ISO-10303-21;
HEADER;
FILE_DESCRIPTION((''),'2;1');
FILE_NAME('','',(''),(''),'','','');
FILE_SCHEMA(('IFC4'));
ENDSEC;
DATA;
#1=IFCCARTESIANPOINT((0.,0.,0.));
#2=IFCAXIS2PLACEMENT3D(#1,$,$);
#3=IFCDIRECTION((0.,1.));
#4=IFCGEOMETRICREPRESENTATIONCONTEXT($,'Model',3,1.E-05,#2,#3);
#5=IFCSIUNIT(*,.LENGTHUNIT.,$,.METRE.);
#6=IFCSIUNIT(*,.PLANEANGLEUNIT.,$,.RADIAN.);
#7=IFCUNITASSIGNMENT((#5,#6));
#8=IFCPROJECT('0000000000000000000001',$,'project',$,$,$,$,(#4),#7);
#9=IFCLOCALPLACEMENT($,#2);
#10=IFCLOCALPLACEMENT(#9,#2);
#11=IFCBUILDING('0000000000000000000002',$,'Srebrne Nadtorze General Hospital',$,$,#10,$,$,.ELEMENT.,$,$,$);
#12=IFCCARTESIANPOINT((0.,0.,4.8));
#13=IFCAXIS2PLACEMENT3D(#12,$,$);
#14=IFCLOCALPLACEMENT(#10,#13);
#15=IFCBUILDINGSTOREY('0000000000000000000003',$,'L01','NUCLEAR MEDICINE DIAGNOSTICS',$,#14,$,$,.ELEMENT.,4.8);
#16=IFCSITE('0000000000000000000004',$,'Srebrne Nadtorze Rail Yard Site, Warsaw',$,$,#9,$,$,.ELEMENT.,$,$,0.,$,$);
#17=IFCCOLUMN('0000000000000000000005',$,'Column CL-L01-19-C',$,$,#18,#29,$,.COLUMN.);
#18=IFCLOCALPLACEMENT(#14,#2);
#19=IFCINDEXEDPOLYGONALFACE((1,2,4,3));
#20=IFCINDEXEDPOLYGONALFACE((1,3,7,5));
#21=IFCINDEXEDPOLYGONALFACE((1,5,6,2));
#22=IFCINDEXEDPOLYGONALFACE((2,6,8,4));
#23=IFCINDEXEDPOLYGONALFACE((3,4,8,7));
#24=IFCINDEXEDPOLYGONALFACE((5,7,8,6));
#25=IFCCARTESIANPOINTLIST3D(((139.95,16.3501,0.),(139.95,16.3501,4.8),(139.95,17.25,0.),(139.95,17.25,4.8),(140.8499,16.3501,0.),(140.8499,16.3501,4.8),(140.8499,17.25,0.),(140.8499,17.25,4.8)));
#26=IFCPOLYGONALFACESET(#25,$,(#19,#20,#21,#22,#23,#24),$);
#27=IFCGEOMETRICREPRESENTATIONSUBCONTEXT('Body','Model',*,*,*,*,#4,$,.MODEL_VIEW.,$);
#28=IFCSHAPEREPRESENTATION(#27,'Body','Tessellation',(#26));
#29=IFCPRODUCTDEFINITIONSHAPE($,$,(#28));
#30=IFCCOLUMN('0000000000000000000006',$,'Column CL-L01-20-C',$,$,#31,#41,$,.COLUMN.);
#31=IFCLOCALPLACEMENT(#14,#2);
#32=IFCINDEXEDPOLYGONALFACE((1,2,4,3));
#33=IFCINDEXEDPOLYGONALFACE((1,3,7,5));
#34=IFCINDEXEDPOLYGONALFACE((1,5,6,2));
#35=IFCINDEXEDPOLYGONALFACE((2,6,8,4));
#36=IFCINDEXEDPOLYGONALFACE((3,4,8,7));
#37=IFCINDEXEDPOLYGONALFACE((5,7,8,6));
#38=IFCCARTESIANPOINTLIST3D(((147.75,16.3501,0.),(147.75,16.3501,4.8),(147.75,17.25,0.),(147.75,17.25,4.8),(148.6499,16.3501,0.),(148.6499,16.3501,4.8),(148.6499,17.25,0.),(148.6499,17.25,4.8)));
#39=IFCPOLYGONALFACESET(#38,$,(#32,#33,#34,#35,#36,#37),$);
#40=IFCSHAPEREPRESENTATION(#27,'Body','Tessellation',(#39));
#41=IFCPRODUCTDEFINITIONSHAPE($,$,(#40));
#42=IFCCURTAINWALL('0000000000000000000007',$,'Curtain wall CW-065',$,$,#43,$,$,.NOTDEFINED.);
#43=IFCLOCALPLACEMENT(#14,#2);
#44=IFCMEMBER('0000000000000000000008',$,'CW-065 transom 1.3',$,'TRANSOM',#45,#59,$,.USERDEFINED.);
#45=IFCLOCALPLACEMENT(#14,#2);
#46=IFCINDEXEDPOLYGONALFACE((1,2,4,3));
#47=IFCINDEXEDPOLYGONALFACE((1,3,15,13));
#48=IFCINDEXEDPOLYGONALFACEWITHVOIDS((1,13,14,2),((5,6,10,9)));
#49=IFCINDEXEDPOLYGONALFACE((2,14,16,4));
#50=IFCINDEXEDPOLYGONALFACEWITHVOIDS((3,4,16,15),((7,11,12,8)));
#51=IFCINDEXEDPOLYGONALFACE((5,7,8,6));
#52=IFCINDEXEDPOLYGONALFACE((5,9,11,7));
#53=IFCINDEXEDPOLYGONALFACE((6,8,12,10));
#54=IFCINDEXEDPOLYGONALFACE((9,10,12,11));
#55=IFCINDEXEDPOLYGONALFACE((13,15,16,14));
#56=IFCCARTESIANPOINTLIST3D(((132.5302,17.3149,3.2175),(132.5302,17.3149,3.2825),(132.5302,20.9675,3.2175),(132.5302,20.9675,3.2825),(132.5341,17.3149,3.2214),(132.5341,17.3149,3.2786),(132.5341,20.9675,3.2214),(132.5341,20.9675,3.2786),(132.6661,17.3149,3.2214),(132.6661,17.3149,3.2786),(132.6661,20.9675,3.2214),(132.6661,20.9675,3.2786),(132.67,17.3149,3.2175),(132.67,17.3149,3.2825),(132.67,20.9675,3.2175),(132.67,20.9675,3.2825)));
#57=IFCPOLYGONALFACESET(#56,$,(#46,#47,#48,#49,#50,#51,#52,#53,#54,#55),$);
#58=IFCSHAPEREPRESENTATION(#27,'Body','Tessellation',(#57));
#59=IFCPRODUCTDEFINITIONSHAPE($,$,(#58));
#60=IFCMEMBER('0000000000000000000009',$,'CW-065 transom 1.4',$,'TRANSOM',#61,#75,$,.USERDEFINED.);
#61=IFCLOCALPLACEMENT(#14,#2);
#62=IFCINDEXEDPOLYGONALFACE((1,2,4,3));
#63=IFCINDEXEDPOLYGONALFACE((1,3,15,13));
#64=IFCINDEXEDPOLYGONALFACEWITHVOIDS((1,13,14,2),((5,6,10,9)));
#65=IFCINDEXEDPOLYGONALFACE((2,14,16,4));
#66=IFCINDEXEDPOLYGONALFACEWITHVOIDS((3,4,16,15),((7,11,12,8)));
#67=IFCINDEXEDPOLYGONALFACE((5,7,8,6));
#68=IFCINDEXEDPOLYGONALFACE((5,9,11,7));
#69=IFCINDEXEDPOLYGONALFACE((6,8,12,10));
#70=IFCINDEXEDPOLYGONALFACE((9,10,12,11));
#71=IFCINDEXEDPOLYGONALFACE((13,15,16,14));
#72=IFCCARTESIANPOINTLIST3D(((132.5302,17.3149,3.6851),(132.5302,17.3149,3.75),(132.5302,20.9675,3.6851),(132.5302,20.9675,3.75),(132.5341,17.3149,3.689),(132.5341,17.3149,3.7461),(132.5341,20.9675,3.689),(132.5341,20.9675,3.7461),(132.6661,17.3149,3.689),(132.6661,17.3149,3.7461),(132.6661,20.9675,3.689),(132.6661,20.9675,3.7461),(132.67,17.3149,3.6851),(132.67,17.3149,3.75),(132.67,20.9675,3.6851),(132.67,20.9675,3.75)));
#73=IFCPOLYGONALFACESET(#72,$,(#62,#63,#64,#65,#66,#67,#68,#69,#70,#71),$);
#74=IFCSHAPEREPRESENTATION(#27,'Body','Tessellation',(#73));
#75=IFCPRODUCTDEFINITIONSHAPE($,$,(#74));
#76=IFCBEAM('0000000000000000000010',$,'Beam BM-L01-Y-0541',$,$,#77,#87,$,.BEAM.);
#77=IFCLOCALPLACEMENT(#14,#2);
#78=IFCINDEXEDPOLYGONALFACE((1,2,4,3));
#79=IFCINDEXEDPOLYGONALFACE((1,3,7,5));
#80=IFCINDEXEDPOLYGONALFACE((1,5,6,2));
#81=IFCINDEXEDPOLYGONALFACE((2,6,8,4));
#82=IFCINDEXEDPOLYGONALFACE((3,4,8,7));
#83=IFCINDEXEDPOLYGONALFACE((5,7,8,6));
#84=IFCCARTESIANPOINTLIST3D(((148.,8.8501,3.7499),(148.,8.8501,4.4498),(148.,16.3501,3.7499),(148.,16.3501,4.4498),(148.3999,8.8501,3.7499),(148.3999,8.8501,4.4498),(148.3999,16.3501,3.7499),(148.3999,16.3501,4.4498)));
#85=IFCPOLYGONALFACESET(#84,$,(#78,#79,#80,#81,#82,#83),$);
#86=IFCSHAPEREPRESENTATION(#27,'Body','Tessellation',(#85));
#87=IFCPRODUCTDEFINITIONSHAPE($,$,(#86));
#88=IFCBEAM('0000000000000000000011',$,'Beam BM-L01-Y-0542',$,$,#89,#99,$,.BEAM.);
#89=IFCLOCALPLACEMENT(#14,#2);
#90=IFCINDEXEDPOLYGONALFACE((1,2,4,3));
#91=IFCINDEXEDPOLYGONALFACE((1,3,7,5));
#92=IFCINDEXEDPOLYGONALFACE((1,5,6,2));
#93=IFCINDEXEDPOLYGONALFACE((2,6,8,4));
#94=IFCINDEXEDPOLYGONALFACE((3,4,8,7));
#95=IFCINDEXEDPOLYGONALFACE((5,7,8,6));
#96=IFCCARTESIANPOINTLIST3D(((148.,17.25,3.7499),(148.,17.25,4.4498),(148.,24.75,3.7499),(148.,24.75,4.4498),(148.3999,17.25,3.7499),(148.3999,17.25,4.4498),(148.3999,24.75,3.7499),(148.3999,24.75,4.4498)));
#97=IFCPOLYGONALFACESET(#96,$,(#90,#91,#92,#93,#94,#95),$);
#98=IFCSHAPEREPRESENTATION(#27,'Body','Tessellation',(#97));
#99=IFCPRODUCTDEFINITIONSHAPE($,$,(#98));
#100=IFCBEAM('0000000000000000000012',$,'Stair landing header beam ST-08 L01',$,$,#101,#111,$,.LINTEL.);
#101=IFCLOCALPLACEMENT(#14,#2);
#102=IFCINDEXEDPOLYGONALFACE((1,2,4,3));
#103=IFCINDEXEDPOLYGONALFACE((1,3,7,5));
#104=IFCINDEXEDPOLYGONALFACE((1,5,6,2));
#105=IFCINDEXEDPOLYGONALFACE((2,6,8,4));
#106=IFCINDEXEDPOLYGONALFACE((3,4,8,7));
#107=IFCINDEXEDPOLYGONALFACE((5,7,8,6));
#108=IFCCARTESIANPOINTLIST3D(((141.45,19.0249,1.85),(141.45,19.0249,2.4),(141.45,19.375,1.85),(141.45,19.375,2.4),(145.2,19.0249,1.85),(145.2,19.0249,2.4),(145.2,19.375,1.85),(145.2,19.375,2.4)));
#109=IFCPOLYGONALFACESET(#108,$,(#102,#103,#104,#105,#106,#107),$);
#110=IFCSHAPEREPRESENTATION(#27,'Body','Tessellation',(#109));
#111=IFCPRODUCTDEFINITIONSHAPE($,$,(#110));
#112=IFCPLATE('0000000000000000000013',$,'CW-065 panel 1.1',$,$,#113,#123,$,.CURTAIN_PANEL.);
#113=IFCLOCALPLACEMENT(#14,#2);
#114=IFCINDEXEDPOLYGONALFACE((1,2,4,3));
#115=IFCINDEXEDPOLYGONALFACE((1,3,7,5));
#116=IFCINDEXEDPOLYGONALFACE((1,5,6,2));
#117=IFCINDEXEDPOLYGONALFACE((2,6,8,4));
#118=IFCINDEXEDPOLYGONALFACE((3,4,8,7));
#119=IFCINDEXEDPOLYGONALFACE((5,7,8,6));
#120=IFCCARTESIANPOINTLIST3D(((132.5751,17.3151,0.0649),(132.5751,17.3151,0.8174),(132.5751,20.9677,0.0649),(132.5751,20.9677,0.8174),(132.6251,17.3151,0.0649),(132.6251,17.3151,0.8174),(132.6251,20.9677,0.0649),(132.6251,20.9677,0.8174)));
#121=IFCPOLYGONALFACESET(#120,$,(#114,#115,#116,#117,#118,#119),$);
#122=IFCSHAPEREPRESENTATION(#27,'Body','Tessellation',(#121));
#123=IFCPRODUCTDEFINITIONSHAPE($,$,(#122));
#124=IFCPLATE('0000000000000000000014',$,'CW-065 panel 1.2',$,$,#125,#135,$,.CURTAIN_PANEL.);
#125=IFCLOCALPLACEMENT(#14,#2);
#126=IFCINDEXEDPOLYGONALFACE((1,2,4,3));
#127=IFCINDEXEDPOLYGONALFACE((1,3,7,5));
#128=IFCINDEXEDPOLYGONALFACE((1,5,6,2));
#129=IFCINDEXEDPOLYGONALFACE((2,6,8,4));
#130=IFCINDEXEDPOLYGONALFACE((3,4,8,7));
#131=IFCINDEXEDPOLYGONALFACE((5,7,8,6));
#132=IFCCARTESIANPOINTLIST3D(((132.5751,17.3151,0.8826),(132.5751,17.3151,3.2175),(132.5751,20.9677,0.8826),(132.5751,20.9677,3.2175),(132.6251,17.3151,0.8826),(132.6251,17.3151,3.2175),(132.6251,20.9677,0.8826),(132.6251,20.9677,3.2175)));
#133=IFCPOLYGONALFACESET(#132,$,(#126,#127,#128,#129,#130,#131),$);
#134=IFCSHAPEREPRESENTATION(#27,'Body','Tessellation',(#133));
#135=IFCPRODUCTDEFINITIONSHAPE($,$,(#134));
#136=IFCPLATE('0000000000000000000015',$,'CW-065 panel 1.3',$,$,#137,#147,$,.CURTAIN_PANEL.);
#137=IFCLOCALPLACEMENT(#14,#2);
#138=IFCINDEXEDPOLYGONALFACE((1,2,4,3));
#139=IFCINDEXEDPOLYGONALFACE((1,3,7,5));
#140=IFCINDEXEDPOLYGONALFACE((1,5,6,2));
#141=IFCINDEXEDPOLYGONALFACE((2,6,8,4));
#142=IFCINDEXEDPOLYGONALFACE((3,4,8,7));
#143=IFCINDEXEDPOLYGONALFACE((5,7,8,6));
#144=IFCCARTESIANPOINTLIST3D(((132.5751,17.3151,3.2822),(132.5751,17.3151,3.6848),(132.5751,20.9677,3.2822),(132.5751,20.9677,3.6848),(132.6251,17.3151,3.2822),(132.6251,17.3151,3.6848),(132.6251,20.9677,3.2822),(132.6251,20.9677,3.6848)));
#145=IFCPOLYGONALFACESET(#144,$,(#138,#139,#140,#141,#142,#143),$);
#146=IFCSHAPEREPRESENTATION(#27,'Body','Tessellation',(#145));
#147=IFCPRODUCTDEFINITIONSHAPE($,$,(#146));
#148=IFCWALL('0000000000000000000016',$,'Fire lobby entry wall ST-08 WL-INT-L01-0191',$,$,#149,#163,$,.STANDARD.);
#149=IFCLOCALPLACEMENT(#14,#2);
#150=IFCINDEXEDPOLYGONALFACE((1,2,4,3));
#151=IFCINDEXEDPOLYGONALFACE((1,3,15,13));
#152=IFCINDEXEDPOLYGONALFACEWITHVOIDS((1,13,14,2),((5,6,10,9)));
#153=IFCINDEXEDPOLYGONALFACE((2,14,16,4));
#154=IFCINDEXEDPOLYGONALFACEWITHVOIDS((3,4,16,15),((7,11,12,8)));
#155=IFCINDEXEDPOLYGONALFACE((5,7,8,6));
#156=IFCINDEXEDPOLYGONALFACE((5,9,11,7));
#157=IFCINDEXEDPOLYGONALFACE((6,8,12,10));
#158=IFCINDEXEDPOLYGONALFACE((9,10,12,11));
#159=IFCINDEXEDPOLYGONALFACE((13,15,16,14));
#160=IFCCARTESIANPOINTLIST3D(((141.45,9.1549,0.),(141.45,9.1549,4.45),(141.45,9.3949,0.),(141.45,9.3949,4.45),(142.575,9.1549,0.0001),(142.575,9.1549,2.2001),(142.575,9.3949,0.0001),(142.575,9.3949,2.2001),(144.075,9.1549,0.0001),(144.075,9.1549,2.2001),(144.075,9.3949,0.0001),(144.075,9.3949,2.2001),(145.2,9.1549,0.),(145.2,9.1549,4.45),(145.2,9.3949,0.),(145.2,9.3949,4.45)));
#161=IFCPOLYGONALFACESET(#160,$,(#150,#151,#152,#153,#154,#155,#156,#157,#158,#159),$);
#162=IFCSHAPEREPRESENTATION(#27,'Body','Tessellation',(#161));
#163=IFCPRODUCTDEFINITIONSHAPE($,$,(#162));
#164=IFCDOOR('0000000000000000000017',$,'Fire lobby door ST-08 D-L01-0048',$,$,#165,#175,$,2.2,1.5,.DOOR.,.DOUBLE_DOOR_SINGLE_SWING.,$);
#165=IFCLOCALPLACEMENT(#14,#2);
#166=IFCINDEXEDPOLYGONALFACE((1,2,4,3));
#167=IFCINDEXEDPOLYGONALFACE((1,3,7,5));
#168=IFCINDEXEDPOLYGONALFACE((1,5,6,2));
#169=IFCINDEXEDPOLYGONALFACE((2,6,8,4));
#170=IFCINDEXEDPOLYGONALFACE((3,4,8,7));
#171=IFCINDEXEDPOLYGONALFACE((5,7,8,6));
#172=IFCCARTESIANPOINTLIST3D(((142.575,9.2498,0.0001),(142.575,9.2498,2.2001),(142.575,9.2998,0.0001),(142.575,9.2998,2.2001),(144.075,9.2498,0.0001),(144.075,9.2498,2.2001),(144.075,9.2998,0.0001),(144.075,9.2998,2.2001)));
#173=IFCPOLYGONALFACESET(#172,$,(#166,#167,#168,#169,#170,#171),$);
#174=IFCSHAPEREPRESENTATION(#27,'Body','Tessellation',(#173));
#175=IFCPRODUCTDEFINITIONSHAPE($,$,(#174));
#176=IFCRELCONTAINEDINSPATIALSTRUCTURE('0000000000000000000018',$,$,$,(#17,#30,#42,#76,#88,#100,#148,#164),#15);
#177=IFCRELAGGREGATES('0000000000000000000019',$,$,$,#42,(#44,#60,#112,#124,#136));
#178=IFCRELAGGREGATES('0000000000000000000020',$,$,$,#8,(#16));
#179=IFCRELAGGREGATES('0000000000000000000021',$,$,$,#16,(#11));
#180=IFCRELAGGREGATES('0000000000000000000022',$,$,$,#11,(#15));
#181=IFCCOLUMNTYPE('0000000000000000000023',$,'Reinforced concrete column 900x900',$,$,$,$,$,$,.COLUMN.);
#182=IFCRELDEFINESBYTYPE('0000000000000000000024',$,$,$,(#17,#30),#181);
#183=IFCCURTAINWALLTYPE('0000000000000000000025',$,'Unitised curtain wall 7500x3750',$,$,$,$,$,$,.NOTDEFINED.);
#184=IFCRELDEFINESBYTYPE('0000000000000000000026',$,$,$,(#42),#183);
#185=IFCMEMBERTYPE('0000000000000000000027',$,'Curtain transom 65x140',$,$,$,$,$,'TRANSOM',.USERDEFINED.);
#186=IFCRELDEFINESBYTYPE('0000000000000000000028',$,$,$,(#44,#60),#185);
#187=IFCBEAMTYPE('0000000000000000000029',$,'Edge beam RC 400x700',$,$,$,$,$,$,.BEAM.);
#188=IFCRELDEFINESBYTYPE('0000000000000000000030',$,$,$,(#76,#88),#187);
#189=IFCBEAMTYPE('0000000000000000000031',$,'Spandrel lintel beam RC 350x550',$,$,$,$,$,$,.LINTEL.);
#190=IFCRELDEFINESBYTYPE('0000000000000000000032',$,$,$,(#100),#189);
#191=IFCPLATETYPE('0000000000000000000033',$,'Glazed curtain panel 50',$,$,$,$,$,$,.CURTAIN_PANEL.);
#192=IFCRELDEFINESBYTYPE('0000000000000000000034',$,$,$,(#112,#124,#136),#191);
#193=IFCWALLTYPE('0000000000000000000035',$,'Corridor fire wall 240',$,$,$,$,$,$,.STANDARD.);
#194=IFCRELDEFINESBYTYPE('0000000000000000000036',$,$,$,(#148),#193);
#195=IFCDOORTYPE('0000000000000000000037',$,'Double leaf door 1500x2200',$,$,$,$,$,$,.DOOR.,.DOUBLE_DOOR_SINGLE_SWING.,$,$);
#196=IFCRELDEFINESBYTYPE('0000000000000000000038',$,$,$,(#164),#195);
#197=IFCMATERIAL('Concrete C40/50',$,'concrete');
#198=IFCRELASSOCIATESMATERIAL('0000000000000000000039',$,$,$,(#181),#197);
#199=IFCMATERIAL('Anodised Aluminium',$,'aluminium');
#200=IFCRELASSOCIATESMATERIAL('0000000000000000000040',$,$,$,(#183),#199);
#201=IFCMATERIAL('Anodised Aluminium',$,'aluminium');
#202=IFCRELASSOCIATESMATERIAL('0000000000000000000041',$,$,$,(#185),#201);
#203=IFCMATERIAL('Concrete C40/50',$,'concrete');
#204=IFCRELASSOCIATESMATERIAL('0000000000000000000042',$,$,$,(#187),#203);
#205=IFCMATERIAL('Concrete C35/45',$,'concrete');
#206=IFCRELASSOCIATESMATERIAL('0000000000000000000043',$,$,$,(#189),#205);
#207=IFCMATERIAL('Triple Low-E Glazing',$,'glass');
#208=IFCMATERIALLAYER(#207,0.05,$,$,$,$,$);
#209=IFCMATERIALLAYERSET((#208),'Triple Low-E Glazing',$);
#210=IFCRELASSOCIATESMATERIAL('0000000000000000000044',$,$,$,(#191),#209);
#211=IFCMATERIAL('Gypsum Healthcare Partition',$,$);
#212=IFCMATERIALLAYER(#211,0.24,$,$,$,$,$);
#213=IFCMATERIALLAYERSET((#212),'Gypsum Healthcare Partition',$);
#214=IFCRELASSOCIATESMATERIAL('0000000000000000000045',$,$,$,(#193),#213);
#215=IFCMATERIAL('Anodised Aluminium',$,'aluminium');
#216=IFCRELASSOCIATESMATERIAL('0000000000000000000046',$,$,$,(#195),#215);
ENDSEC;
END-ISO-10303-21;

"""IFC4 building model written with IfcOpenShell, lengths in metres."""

from ifc_helpers import new_model, si_unit, direction, frame, frame_2d, origin, origin_2d, place, context, subcontext, project, spatial, rectangle, hollow_rectangle, extrude, material, layer, layer_set, material_profile, profile_set, type_object, element, fill, aggregate, save


model = new_model("IFC4")

# Units and contexts
model_context = context("Model", 3, precision=1e-05, world=origin(), true_north=direction((0.0, 1.0)))
body_context = subcontext(model_context, "Body", "Model", "MODEL_VIEW")
ifc_project = project(units=[si_unit("LENGTHUNIT", "METRE"), si_unit("PLANEANGLEUNIT", "RADIAN")], contexts=[model_context])

# Site, building, storey
site_placement = place(None, origin())
site = spatial("IfcSite", under=ifc_project, at=site_placement, Name="Srebrne Nadtorze Rail Yard Site, Warsaw", CompositionType="ELEMENT", RefElevation=0.0)
building_placement = place(site_placement, origin())
building = spatial("IfcBuilding", under=site, at=building_placement, Name="Srebrne Nadtorze General Hospital", CompositionType="ELEMENT")
storey_placement = place(building_placement, frame((0.0, 0.0, 4.8)))
storey = spatial("IfcBuildingStorey", under=building, at=storey_placement, Name="L01", Description="NUCLEAR MEDICINE DIAGNOSTICS", CompositionType="ELEMENT", Elevation=4.8)

# Columns
ifc_material_1 = material(Name="Concrete C40/50", Category="concrete")
ifc_material_profile_1 = material_profile(ifc_material_1, rectangle(XDim=0.8999, YDim=0.8999, at=origin_2d()), Name="RC-COL-900x900")
ifc_profile_set_1 = profile_set([ifc_material_profile_1], Name="Concrete C40/50")
column_type = type_object("IfcColumnType", Name="Reinforced concrete column 900x900", PredefinedType="COLUMN", material=ifc_profile_set_1)
for number, where, z_axis, x_axis, name in (
    (1, (140.3999, 16.8, 0.0), (0.0, 0.0, 1.0), (1.0, 0.0, 0.0), "Column CL-L01-19-C"),
    (2, (148.2, 16.8, 0.0), (0.0, 0.0, 1.0), (1.0, 0.0, 0.0), "Column CL-L01-20-C"),
):
    element("IfcColumn", number, at=place(storey_placement, frame(where, z_axis=z_axis, x_axis=x_axis)), inside=storey, type_object=column_type, Name=name, PredefinedType="COLUMN", context=body_context, shape_type="SweptSolid", body=[
        extrude(rectangle(XDim=0.8999, YDim=0.8999, at=origin_2d()), origin(), (0.0, 0.0, 1.0), 4.8),
    ])

# Curtain wall, members
ifc_material_2 = material(Name="Anodised Aluminium", Category="aluminium")
curtain_wall_type = type_object("IfcCurtainWallType", Name="Unitised curtain wall 7500x3750", PredefinedType="NOTDEFINED", material=ifc_material_2)
curtain_wall_placement = place(storey_placement, origin())
curtain_wall = element("IfcCurtainWall", 3, at=curtain_wall_placement, inside=storey, type_object=curtain_wall_type, Name="Curtain wall CW-065", PredefinedType="NOTDEFINED")
ifc_material_3 = material(Name="Anodised Aluminium", Category="aluminium")
ifc_material_profile_2 = material_profile(ifc_material_3, hollow_rectangle(XDim=0.0649, YDim=0.1399, WallThickness=0.0039, at=origin_2d()), Name="AL-TRN-65x140")
ifc_profile_set_2 = profile_set([ifc_material_profile_2], Name="Anodised Aluminium")
member_type = type_object("IfcMemberType", Name="Curtain transom 65x140", ElementType="TRANSOM", PredefinedType="USERDEFINED", material=ifc_profile_set_2)
member_1_placement = place(storey_placement, frame((132.6001, 17.3149, 3.25), z_axis=(0.0, 1.0, 0.0), x_axis=(0.0, 0.0, 1.0)))
member_1 = element("IfcMember", 4, at=member_1_placement, type_object=member_type, Name="CW-065 transom 1.3", ObjectType="TRANSOM", PredefinedType="USERDEFINED", context=body_context, shape_type="SweptSolid", body=[
    extrude(hollow_rectangle(XDim=0.0649, YDim=0.1399, WallThickness=0.0039, at=origin_2d()), origin(), (0.0, 0.0, 1.0), 3.6526),
])
member_2_placement = place(storey_placement, frame((132.6001, 17.3149, 3.7175), z_axis=(0.0, 1.0, 0.0), x_axis=(0.0, 0.0, 1.0)))
member_2 = element("IfcMember", 5, at=member_2_placement, type_object=member_type, Name="CW-065 transom 1.4", ObjectType="TRANSOM", PredefinedType="USERDEFINED", context=body_context, shape_type="SweptSolid", body=[
    extrude(hollow_rectangle(XDim=0.0649, YDim=0.1399, WallThickness=0.0039, at=origin_2d()), origin(), (0.0, 0.0, 1.0), 3.6526),
])

# Beams
ifc_material_4 = material(Name="Concrete C40/50", Category="concrete")
ifc_material_profile_3 = material_profile(ifc_material_4, rectangle(XDim=0.3999, YDim=0.7, at=origin_2d()), Name="RC-BM-400x700")
ifc_profile_set_3 = profile_set([ifc_material_profile_3], Name="Concrete C40/50")
beam_type_1 = type_object("IfcBeamType", Name="Edge beam RC 400x700", PredefinedType="BEAM", material=ifc_profile_set_3)
for number, where, z_axis, x_axis, name in (
    (6, (148.2, 8.8501, 4.0999), (0.0, 1.0, 0.0), (-1.0, 0.0, 0.0), "Beam BM-L01-Y-0541"),
    (7, (148.2, 17.25, 4.0999), (0.0, 1.0, 0.0), (-1.0, 0.0, 0.0), "Beam BM-L01-Y-0542"),
):
    element("IfcBeam", number, at=place(storey_placement, frame(where, z_axis=z_axis, x_axis=x_axis)), inside=storey, type_object=beam_type_1, Name=name, PredefinedType="BEAM", context=body_context, shape_type="SweptSolid", body=[
        extrude(rectangle(XDim=0.3999, YDim=0.7, at=origin_2d()), origin(), (0.0, 0.0, 1.0), 7.5),
    ])
ifc_material_5 = material(Name="Concrete C35/45", Category="concrete")
ifc_material_profile_4 = material_profile(ifc_material_5, rectangle(XDim=0.3501, YDim=0.55, at=origin_2d()), Name="RC-BM-350x550")
ifc_profile_set_4 = profile_set([ifc_material_profile_4], Name="Concrete C35/45")
beam_type_2 = type_object("IfcBeamType", Name="Spandrel lintel beam RC 350x550", PredefinedType="LINTEL", material=ifc_profile_set_4)
beam_placement = place(storey_placement, frame((141.45, 19.2, 2.125), z_axis=(1.0, 0.0, 0.0), x_axis=(0.0, 1.0, 0.0)))
element("IfcBeam", 8, at=beam_placement, inside=storey, type_object=beam_type_2, Name="Stair landing header beam ST-08 L01", PredefinedType="LINTEL", context=body_context, shape_type="SweptSolid", body=[
    extrude(rectangle(XDim=0.3501, YDim=0.55, at=origin_2d()), origin(), (0.0, 0.0, 1.0), 3.75),
])

# Plates
ifc_material_6 = material(Name="Triple Low-E Glazing", Category="glass")
ifc_layer_1 = layer(ifc_material_6, 0.05)
ifc_layer_set_1 = layer_set([ifc_layer_1], Name="Triple Low-E Glazing")
plate_type = type_object("IfcPlateType", Name="Glazed curtain panel 50", PredefinedType="CURTAIN_PANEL", material=ifc_layer_set_1)
plate_1_placement = place(storey_placement, frame((132.6001, 19.1414, 0.0649), z_axis=(0.0, 0.0, 1.0), x_axis=(0.0, 1.0, 0.0)))
plate_1 = element("IfcPlate", 9, at=plate_1_placement, type_object=plate_type, Name="CW-065 panel 1.1", PredefinedType="CURTAIN_PANEL", context=body_context, shape_type="SweptSolid", body=[
    extrude(rectangle(XDim=3.6526, YDim=0.05, at=origin_2d()), origin(), (0.0, 0.0, 1.0), 0.7524),
])
plate_2_placement = place(storey_placement, frame((132.6001, 19.1414, 0.8826), z_axis=(0.0, 0.0, 1.0), x_axis=(0.0, 1.0, 0.0)))
plate_2 = element("IfcPlate", 10, at=plate_2_placement, type_object=plate_type, Name="CW-065 panel 1.2", PredefinedType="CURTAIN_PANEL", context=body_context, shape_type="SweptSolid", body=[
    extrude(rectangle(XDim=3.6526, YDim=0.05, at=origin_2d()), origin(), (0.0, 0.0, 1.0), 2.335),
])
plate_3_placement = place(storey_placement, frame((132.6001, 19.1414, 3.2822), z_axis=(0.0, 0.0, 1.0), x_axis=(0.0, 1.0, 0.0)))
plate_3 = element("IfcPlate", 11, at=plate_3_placement, type_object=plate_type, Name="CW-065 panel 1.3", PredefinedType="CURTAIN_PANEL", context=body_context, shape_type="SweptSolid", body=[
    extrude(rectangle(XDim=3.6526, YDim=0.05, at=origin_2d()), origin(), (0.0, 0.0, 1.0), 0.4026),
])
aggregate(curtain_wall, [member_1, member_2, plate_1, plate_2, plate_3])

# Shared definitions
ifc_material_7 = material(Name="Gypsum Healthcare Partition")
ifc_layer_2 = layer(ifc_material_7, 0.24)
ifc_layer_set_2 = layer_set([ifc_layer_2], Name="Gypsum Healthcare Partition")
wall_type_1 = type_object("IfcWallType", Name="Corridor fire wall 240", PredefinedType="STANDARD", material=ifc_layer_set_2)

# Wall, opening, door
wall_1_placement = place(storey_placement, frame((141.45, 9.2749, 0.0), z_axis=(0.0, 0.0, 1.0), x_axis=(1.0, 0.0, 0.0)))
wall_1 = element("IfcWall", 12, at=wall_1_placement, inside=storey, type_object=wall_type_1, Name="Fire lobby entry wall ST-08 WL-INT-L01-0191", PredefinedType="STANDARD", context=body_context, shape_type="SweptSolid", body=[
    extrude(rectangle(XDim=3.75, YDim=0.24, at=frame_2d((1.875, 0.0))), origin(), (0.0, 0.0, 1.0), 4.45),
])
opening_1_placement = place(wall_1_placement, frame((1.125, 0.0, 0.0)))
opening_1 = element("IfcOpeningElement", 13, at=opening_1_placement, cuts=wall_1, PredefinedType="OPENING", context=body_context, shape_type="SweptSolid", body=[
    extrude(rectangle(XDim=1.5, YDim=2.2, at=frame_2d((0.75, 1.1001))), frame((0.0, 0.1318, 0.0), z_axis=(0.0, -1.0, 0.0), x_axis=(1.0, 0.0, 0.0)), (0.0, 0.0, 1.0), 0.2639),
])
ifc_material_8 = material(Name="Anodised Aluminium", Category="aluminium")
door_type = type_object("IfcDoorType", Name="Double leaf door 1500x2200", OperationType="DOUBLE_DOOR_SINGLE_SWING", PredefinedType="DOOR", material=ifc_material_8)
door_1_placement = place(opening_1_placement, origin())
door_1 = element("IfcDoor", 14, at=door_1_placement, inside=storey, type_object=door_type, Name="Fire lobby door ST-08 D-L01-0048", OperationType="DOUBLE_DOOR_SINGLE_SWING", OverallHeight=2.2, OverallWidth=1.5, PredefinedType="DOOR", context=body_context, shape_type="SweptSolid", body=[
    extrude(rectangle(XDim=1.5, YDim=2.2, at=frame_2d((0.75, 1.1001))), frame((0.0, 0.0249, 0.0), z_axis=(0.0, -1.0, 0.0), x_axis=(1.0, 0.0, 0.0)), (0.0, 0.0, 1.0), 0.05),
])
fill(opening_1, door_1)

save(model, "model.ifc")
